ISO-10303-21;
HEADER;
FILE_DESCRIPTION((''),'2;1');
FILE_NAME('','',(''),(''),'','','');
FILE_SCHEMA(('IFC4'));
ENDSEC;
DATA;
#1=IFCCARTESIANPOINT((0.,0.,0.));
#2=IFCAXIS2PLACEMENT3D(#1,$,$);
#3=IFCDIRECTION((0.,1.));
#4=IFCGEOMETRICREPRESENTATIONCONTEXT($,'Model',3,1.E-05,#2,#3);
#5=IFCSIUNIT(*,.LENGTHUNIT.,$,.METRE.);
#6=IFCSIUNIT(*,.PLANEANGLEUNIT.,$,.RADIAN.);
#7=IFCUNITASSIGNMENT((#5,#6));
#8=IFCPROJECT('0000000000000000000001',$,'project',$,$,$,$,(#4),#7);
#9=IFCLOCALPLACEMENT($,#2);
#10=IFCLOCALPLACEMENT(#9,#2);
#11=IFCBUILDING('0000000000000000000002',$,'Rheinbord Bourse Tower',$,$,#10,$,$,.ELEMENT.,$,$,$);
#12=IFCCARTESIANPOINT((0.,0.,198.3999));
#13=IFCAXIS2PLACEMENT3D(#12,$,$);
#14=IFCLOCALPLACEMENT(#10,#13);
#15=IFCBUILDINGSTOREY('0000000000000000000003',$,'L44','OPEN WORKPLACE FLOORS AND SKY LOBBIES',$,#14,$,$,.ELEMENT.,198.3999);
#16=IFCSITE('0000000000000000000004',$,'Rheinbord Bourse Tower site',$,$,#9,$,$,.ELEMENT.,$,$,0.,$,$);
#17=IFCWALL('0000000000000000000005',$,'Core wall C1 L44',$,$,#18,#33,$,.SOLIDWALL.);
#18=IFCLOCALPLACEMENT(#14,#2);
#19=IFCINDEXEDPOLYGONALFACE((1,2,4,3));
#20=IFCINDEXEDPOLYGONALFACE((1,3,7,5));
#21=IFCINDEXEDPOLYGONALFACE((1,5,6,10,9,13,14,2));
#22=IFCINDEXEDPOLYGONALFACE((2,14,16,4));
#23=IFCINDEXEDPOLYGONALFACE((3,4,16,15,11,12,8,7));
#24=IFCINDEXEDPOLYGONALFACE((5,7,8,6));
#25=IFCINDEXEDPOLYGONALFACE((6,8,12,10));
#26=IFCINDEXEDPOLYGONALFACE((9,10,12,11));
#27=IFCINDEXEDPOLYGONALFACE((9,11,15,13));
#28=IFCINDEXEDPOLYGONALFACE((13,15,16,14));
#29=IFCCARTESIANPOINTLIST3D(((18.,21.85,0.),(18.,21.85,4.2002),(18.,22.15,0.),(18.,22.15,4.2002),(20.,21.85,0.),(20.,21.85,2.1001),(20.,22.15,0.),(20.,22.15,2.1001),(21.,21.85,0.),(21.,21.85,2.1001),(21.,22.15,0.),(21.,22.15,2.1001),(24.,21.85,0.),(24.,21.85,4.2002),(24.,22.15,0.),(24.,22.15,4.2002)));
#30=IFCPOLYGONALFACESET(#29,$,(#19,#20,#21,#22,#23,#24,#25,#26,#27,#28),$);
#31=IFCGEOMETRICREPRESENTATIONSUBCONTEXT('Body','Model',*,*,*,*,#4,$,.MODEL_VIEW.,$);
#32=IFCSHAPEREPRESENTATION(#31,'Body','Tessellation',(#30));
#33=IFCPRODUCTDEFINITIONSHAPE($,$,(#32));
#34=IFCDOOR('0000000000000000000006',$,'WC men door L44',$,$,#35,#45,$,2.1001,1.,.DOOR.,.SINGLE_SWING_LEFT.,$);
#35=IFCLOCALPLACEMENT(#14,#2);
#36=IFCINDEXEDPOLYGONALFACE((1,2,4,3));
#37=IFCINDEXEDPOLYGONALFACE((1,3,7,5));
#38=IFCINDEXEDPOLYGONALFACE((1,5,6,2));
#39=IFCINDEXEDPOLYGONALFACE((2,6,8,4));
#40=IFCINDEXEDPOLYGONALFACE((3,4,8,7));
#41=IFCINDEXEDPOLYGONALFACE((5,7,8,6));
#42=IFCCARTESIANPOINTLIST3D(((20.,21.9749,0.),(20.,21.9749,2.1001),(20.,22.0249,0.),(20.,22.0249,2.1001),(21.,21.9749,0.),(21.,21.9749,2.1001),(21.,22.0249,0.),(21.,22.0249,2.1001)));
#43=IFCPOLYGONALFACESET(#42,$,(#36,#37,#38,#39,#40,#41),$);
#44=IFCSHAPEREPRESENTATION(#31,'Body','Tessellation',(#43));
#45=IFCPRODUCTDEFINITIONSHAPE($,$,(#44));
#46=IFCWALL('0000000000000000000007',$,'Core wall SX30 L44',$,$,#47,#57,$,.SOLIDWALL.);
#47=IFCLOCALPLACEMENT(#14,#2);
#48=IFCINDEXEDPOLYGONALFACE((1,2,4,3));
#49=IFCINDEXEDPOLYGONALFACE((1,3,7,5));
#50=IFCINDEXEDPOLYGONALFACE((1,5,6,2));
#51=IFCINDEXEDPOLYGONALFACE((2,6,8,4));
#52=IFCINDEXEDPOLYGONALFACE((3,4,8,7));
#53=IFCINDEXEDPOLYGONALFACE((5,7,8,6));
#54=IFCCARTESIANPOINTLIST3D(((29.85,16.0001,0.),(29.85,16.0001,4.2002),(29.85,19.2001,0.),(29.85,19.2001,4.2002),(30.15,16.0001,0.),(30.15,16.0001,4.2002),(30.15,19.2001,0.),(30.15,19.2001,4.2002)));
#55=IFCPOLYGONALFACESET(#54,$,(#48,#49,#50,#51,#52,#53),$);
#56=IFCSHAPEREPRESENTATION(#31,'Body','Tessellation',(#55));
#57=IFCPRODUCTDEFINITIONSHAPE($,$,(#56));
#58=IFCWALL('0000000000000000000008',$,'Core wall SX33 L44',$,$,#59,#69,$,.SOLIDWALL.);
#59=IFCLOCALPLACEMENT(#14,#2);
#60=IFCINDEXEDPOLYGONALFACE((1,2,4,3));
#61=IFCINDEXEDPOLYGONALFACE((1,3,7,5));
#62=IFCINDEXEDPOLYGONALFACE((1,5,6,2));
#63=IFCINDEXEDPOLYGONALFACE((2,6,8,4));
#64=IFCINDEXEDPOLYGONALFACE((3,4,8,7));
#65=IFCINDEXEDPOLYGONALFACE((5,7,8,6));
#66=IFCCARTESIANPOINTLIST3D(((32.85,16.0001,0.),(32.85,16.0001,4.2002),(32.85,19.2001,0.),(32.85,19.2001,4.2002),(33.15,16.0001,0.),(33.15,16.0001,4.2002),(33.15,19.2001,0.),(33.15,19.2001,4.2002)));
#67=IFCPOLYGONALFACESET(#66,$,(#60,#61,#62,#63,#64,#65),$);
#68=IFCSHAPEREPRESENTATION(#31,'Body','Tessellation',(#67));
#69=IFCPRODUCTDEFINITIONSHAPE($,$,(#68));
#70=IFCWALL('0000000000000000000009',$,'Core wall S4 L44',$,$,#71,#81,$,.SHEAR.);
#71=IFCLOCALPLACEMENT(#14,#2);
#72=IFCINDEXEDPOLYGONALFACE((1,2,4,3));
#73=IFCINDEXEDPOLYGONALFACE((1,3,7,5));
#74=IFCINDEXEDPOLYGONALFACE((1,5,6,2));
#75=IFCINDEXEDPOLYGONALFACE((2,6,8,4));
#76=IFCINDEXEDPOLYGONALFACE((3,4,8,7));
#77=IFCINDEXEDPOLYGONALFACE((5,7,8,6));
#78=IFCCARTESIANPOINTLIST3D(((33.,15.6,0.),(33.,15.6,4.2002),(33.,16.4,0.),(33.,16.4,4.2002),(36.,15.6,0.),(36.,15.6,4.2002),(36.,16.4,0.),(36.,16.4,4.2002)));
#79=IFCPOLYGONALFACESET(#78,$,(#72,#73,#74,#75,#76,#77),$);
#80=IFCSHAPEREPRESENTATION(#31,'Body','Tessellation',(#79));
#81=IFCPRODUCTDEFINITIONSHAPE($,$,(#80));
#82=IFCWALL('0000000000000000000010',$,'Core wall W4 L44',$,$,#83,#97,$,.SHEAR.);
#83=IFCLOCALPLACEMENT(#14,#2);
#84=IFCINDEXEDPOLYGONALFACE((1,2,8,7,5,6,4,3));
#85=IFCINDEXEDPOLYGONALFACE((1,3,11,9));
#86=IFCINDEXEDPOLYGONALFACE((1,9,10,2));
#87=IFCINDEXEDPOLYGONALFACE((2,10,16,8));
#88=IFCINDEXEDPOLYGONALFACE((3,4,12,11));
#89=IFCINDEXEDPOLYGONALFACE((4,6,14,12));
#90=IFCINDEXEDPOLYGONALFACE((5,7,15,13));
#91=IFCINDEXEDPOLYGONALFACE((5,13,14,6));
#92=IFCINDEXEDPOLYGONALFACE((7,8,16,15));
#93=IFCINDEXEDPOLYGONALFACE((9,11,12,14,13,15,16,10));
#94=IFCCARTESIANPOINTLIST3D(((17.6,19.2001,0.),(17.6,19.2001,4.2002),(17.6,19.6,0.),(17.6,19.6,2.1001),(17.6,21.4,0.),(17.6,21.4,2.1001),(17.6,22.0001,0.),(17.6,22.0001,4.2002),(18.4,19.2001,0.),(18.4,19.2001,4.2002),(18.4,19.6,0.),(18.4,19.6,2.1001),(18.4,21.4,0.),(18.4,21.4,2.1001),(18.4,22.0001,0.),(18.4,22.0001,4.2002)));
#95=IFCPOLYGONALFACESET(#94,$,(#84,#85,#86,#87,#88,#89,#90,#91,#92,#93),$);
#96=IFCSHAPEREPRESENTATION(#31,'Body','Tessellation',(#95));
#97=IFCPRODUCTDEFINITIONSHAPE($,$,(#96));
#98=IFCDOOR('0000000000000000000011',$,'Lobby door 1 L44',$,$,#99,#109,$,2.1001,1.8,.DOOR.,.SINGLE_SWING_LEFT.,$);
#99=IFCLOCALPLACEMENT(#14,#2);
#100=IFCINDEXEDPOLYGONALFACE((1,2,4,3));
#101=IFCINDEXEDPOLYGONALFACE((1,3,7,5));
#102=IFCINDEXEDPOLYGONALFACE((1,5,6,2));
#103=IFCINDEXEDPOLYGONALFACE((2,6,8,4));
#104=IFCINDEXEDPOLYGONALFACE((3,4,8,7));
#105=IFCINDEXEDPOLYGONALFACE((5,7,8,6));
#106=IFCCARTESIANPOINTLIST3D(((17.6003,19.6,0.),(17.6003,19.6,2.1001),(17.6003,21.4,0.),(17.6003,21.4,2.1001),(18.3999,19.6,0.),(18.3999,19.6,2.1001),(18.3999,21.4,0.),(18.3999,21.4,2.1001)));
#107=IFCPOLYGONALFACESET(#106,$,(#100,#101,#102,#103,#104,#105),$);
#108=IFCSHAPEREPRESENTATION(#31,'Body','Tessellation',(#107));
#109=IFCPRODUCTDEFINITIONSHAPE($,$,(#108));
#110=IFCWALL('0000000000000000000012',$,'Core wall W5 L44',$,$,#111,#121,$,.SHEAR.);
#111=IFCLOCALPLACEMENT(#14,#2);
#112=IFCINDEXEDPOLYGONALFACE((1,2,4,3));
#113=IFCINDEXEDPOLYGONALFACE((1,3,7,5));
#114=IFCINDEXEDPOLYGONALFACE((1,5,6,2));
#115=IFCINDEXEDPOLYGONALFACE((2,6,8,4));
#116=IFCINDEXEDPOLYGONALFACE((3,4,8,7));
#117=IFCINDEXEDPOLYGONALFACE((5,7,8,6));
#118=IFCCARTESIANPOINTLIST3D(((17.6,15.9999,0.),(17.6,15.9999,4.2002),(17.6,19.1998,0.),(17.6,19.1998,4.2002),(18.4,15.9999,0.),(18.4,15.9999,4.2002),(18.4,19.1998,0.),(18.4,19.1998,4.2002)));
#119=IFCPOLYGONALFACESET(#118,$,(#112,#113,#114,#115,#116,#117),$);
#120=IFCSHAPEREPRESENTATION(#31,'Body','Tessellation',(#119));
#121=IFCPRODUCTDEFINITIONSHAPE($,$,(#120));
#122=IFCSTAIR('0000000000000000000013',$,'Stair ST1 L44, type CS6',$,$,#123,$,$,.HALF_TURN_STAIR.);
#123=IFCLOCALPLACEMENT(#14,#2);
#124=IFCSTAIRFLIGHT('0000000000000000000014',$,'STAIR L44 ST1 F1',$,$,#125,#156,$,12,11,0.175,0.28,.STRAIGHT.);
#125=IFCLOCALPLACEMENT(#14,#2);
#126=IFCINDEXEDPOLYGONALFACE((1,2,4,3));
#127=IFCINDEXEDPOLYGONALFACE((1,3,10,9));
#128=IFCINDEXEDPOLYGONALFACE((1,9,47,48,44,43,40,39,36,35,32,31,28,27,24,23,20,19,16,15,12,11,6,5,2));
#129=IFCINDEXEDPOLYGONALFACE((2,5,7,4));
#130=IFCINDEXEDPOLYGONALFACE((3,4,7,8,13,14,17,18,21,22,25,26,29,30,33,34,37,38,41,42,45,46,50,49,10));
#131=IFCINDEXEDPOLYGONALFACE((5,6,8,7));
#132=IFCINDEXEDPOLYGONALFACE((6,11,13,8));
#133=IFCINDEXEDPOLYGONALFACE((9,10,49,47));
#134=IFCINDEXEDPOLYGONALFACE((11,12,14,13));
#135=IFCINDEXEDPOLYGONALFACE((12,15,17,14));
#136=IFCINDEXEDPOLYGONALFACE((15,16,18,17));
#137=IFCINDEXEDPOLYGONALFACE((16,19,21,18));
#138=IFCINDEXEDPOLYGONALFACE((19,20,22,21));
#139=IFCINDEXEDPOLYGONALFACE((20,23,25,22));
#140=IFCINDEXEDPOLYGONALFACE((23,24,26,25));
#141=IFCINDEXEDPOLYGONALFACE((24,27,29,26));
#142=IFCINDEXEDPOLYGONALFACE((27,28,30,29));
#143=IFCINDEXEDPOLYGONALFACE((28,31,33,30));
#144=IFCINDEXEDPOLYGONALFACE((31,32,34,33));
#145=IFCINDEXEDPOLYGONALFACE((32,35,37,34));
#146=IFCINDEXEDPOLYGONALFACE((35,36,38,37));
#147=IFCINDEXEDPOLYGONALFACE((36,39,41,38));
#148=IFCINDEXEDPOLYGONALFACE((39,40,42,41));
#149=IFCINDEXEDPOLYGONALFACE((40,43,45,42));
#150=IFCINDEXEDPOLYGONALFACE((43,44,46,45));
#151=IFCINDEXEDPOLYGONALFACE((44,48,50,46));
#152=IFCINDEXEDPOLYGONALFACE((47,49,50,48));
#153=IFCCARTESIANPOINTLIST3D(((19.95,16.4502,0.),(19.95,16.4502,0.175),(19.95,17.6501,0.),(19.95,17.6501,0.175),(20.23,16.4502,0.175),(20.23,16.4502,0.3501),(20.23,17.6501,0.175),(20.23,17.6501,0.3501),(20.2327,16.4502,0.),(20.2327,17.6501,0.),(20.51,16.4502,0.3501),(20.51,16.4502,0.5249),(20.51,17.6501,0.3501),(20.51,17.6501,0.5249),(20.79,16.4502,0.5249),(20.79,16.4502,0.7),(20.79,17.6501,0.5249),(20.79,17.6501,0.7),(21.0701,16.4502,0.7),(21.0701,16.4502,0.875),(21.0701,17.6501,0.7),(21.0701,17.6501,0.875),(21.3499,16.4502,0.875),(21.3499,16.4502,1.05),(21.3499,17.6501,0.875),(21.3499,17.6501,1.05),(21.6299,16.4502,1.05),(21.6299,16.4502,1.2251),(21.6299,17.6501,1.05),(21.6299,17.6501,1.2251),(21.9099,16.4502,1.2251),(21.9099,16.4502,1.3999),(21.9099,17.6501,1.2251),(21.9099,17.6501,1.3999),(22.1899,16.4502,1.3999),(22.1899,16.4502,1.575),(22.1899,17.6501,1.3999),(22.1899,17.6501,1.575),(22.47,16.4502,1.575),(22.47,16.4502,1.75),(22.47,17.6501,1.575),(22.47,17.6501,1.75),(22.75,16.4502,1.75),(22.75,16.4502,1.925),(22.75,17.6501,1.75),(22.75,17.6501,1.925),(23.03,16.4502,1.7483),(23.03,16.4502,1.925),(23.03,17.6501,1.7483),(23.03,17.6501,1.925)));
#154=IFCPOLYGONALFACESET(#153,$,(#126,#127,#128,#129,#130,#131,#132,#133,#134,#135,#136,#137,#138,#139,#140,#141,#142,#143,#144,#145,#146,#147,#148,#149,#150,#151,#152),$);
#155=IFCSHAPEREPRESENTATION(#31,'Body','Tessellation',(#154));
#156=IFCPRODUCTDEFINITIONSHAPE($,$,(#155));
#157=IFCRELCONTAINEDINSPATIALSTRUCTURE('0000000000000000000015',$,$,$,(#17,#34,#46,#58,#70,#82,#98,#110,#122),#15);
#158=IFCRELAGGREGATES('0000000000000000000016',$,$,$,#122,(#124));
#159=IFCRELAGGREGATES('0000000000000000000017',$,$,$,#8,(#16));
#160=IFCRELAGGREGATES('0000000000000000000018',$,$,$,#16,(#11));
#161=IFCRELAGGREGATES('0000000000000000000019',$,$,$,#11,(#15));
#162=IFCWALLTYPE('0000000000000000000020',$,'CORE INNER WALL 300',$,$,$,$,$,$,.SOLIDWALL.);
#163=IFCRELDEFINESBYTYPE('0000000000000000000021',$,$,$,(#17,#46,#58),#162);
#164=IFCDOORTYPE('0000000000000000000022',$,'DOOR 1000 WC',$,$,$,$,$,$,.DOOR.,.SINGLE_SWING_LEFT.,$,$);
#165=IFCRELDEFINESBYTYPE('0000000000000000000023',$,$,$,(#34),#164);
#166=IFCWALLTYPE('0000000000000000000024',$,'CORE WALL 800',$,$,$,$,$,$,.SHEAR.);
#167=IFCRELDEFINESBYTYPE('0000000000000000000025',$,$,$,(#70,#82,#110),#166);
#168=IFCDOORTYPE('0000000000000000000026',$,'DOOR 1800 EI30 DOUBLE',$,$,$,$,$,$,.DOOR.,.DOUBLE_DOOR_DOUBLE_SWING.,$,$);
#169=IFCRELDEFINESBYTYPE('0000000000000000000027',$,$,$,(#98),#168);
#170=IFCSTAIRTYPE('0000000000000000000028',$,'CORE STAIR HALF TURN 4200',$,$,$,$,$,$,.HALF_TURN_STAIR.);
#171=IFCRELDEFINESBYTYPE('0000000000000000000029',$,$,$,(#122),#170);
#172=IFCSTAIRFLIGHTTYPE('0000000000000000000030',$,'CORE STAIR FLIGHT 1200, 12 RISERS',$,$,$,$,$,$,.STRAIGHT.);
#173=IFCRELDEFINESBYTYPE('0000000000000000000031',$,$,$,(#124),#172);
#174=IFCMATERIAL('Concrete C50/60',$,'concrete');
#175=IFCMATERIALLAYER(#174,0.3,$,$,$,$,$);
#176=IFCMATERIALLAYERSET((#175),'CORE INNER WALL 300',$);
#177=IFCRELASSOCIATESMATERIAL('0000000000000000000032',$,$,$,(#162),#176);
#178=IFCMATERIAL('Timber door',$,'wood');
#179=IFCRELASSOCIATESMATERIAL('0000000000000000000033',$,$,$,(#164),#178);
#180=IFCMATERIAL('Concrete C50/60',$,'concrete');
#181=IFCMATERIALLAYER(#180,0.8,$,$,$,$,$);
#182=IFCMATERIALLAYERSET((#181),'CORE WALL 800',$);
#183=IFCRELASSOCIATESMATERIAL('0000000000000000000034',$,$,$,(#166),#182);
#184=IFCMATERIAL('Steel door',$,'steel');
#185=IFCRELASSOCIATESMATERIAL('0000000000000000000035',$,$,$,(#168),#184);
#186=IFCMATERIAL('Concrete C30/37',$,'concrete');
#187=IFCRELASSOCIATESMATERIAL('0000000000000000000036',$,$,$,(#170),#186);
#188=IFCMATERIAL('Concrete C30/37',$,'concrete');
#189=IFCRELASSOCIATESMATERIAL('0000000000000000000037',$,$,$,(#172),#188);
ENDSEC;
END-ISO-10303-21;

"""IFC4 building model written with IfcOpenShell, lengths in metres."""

from ifc_helpers import new_model, si_unit, direction, frame, frame_2d, origin, place, context, subcontext, project, spatial, polyline, rectangle, outline, extrude, material, layer, layer_set, type_object, element, fill, aggregate, save


model = new_model("IFC4")

# Units and contexts
model_context = context("Model", 3, precision=1e-05, world=origin(), true_north=direction((0.0, 1.0)))
body_context = subcontext(model_context, "Body", "Model", "MODEL_VIEW")
ifc_project = project(units=[si_unit("LENGTHUNIT", "METRE"), si_unit("PLANEANGLEUNIT", "RADIAN")], contexts=[model_context])

# Site, building, storey
site_placement = place(None, origin())
site = spatial("IfcSite", under=ifc_project, at=site_placement, Name="Rheinbord Bourse Tower site", CompositionType="ELEMENT", RefElevation=0.0)
building_placement = place(site_placement, origin())
building = spatial("IfcBuilding", under=site, at=building_placement, Name="Rheinbord Bourse Tower", CompositionType="ELEMENT")
storey_placement = place(building_placement, frame((0.0, 0.0, 198.3999)))
storey = spatial("IfcBuildingStorey", under=building, at=storey_placement, Name="L44", Description="OPEN WORKPLACE FLOORS AND SKY LOBBIES", CompositionType="ELEMENT", Elevation=198.3999)

# Wall, opening, door
ifc_material_1 = material(Name="Concrete C50/60", Category="concrete")
ifc_layer_1 = layer(ifc_material_1, 0.3)
ifc_layer_set_1 = layer_set([ifc_layer_1], Name="CORE INNER WALL 300")
wall_type_1 = type_object("IfcWallType", Name="CORE INNER WALL 300", PredefinedType="SOLIDWALL", material=ifc_layer_set_1)
wall_1_placement = place(storey_placement, frame((18.0, 22.0, 0.0), z_axis=(0.0, 0.0, 1.0), x_axis=(1.0, 0.0, 0.0)))
wall_1 = element("IfcWall", 1, at=wall_1_placement, inside=storey, type_object=wall_type_1, Name="Core wall C1 L44", PredefinedType="SOLIDWALL", context=body_context, shape_type="SweptSolid", body=[
    extrude(rectangle(XDim=6.0, YDim=0.3, at=frame_2d((3.0, 0.0))), origin(), (0.0, 0.0, 1.0), 4.2002),
])
opening_1_placement = place(wall_1_placement, frame((2.0, 0.0, 0.0)))
opening_1 = element("IfcOpeningElement", 2, at=opening_1_placement, cuts=wall_1, PredefinedType="OPENING", context=body_context, shape_type="SweptSolid", body=[
    extrude(rectangle(XDim=1.0, YDim=2.1001, at=frame_2d((0.5, 1.05))), frame((0.0, 0.1599, 0.0), z_axis=(0.0, -1.0, 0.0), x_axis=(1.0, 0.0, 0.0)), (0.0, 0.0, 1.0), 0.3201),
])
ifc_material_2 = material(Name="Timber door", Category="wood")
door_type_1 = type_object("IfcDoorType", Name="DOOR 1000 WC", OperationType="SINGLE_SWING_LEFT", PredefinedType="DOOR", material=ifc_material_2)
door_1_placement = place(opening_1_placement, origin())
door_1 = element("IfcDoor", 3, at=door_1_placement, inside=storey, type_object=door_type_1, Name="WC men door L44", OperationType="SINGLE_SWING_LEFT", OverallHeight=2.1001, OverallWidth=1.0, PredefinedType="DOOR", context=body_context, shape_type="SweptSolid", body=[
    extrude(rectangle(XDim=1.0, YDim=2.1001, at=frame_2d((0.5, 1.05))), frame((0.0, 0.0249, 0.0), z_axis=(0.0, -1.0, 0.0), x_axis=(1.0, 0.0, 0.0)), (0.0, 0.0, 1.0), 0.05),
])
fill(opening_1, door_1)

# Walls
for number, where, z_axis, x_axis, name in (
    (4, (30.0, 16.0, 0.0), (0.0, 0.0, 1.0), (0.0, 1.0, 0.0), "Core wall SX30 L44"),
    (5, (33.0, 16.0, 0.0), (0.0, 0.0, 1.0), (0.0, 1.0, 0.0), "Core wall SX33 L44"),
):
    element("IfcWall", number, at=place(storey_placement, frame(where, z_axis=z_axis, x_axis=x_axis)), inside=storey, type_object=wall_type_1, Name=name, PredefinedType="SOLIDWALL", context=body_context, shape_type="SweptSolid", body=[
        extrude(rectangle(XDim=3.2, YDim=0.3, at=frame_2d((1.6001, 0.0))), origin(), (0.0, 0.0, 1.0), 4.2002),
    ])
ifc_material_3 = material(Name="Concrete C50/60", Category="concrete")
ifc_layer_2 = layer(ifc_material_3, 0.8)
ifc_layer_set_2 = layer_set([ifc_layer_2], Name="CORE WALL 800")
wall_type_2 = type_object("IfcWallType", Name="CORE WALL 800", PredefinedType="SHEAR", material=ifc_layer_set_2)
wall_2_placement = place(storey_placement, frame((33.0, 16.0, 0.0), z_axis=(0.0, 0.0, 1.0), x_axis=(1.0, 0.0, 0.0)))
element("IfcWall", 6, at=wall_2_placement, inside=storey, type_object=wall_type_2, Name="Core wall S4 L44", PredefinedType="SHEAR", context=body_context, shape_type="SweptSolid", body=[
    extrude(rectangle(XDim=3.0, YDim=0.8, at=frame_2d((1.5, 0.0))), origin(), (0.0, 0.0, 1.0), 4.2002),
])

# Wall, opening, door
wall_3_placement = place(storey_placement, frame((18.0, 22.0, 0.0), z_axis=(0.0, 0.0, 1.0), x_axis=(0.0, -1.0, 0.0)))
wall_3 = element("IfcWall", 7, at=wall_3_placement, inside=storey, type_object=wall_type_2, Name="Core wall W4 L44", PredefinedType="SHEAR", context=body_context, shape_type="SweptSolid", body=[
    extrude(rectangle(XDim=2.8, YDim=0.8, at=frame_2d((1.3999, 0.0))), origin(), (0.0, 0.0, 1.0), 4.2002),
])
opening_2_placement = place(wall_3_placement, frame((0.6001, 0.0, 0.0)))
opening_2 = element("IfcOpeningElement", 8, at=opening_2_placement, cuts=wall_3, PredefinedType="OPENING", context=body_context, shape_type="SweptSolid", body=[
    extrude(rectangle(XDim=1.8, YDim=2.1001, at=frame_2d((0.8999, 1.05))), frame((0.0, 0.4099, 0.0), z_axis=(0.0, -1.0, 0.0), x_axis=(1.0, 0.0, 0.0)), (0.0, 0.0, 1.0), 0.8201),
])
ifc_material_4 = material(Name="Steel door", Category="steel")
door_type_2 = type_object("IfcDoorType", Name="DOOR 1800 EI30 DOUBLE", OperationType="DOUBLE_DOOR_DOUBLE_SWING", PredefinedType="DOOR", material=ifc_material_4)
door_2_placement = place(opening_2_placement, origin())
door_2 = element("IfcDoor", 9, at=door_2_placement, inside=storey, type_object=door_type_2, Name="Lobby door 1 L44", OperationType="SINGLE_SWING_LEFT", OverallHeight=2.1001, OverallWidth=1.8, PredefinedType="DOOR", context=body_context, shape_type="SweptSolid", body=[
    extrude(rectangle(XDim=1.8, YDim=2.1001, at=frame_2d((0.8999, 1.05))), frame((0.0, 0.3999, 0.0), z_axis=(0.0, -1.0, 0.0), x_axis=(1.0, 0.0, 0.0)), (0.0, 0.0, 1.0), 0.7996),
])
fill(opening_2, door_2)

# Wall
wall_4_placement = place(storey_placement, frame((18.0, 19.2, 0.0), z_axis=(0.0, 0.0, 1.0), x_axis=(0.0, -1.0, 0.0)))
element("IfcWall", 10, at=wall_4_placement, inside=storey, type_object=wall_type_2, Name="Core wall W5 L44", PredefinedType="SHEAR", context=body_context, shape_type="SweptSolid", body=[
    extrude(rectangle(XDim=3.2, YDim=0.8, at=frame_2d((1.6001, 0.0))), origin(), (0.0, 0.0, 1.0), 4.2002),
])

# Stair, stair flight
ifc_material_5 = material(Name="Concrete C30/37", Category="concrete")
stair_type = type_object("IfcStairType", Name="CORE STAIR HALF TURN 4200", PredefinedType="HALF_TURN_STAIR", material=ifc_material_5)
stair_placement = place(storey_placement, origin())
stair = element("IfcStair", 11, at=stair_placement, inside=storey, type_object=stair_type, Name="Stair ST1 L44, type CS6", PredefinedType="HALF_TURN_STAIR")
ifc_material_6 = material(Name="Concrete C30/37", Category="concrete")
stair_flight_type = type_object("IfcStairFlightType", Name="CORE STAIR FLIGHT 1200, 12 RISERS", PredefinedType="STRAIGHT", material=ifc_material_6)
stair_flight_1_placement = place(storey_placement, frame((19.95, 17.05, 0.0), z_axis=(0.0, 0.0, 1.0), x_axis=(1.0, 0.0, 0.0)))
stair_flight_1 = element("IfcStairFlight", 12, at=stair_flight_1_placement, type_object=stair_flight_type, Name="STAIR L44 ST1 F1", NumberOfRisers=12, NumberOfTreads=11, PredefinedType="STRAIGHT", RiserHeight=0.175, TreadLength=0.28, context=body_context, shape_type="SweptSolid", body=[
    extrude(outline(polyline([(0.0, 0.0), (0.0, 0.175), (0.28, 0.175), (0.28, 0.3501), (0.5601, 0.3501), (0.5601, 0.5249), (0.8401, 0.5249), (0.8401, 0.7), (1.1201, 0.7), (1.1201, 0.875), (1.3999, 0.875), (1.3999, 1.05), (1.6799, 1.05), (1.6799, 1.2251), (1.96, 1.2251), (1.96, 1.3999), (2.24, 1.3999), (2.24, 1.575), (2.52, 1.575), (2.52, 1.75), (2.8, 1.75), (2.8, 1.925), (3.0801, 1.925), (3.0801, 2.1001), (3.0801, 1.7483), (0.2827, 0.0), (0.0, 0.0)])), frame((0.0, 0.6001, 0.0), z_axis=(0.0, -1.0, 0.0), x_axis=(1.0, 0.0, 0.0)), (0.0, 0.0, 1.0), 1.2),
])
aggregate(stair, [stair_flight_1])

save(model, "model.ifc")
